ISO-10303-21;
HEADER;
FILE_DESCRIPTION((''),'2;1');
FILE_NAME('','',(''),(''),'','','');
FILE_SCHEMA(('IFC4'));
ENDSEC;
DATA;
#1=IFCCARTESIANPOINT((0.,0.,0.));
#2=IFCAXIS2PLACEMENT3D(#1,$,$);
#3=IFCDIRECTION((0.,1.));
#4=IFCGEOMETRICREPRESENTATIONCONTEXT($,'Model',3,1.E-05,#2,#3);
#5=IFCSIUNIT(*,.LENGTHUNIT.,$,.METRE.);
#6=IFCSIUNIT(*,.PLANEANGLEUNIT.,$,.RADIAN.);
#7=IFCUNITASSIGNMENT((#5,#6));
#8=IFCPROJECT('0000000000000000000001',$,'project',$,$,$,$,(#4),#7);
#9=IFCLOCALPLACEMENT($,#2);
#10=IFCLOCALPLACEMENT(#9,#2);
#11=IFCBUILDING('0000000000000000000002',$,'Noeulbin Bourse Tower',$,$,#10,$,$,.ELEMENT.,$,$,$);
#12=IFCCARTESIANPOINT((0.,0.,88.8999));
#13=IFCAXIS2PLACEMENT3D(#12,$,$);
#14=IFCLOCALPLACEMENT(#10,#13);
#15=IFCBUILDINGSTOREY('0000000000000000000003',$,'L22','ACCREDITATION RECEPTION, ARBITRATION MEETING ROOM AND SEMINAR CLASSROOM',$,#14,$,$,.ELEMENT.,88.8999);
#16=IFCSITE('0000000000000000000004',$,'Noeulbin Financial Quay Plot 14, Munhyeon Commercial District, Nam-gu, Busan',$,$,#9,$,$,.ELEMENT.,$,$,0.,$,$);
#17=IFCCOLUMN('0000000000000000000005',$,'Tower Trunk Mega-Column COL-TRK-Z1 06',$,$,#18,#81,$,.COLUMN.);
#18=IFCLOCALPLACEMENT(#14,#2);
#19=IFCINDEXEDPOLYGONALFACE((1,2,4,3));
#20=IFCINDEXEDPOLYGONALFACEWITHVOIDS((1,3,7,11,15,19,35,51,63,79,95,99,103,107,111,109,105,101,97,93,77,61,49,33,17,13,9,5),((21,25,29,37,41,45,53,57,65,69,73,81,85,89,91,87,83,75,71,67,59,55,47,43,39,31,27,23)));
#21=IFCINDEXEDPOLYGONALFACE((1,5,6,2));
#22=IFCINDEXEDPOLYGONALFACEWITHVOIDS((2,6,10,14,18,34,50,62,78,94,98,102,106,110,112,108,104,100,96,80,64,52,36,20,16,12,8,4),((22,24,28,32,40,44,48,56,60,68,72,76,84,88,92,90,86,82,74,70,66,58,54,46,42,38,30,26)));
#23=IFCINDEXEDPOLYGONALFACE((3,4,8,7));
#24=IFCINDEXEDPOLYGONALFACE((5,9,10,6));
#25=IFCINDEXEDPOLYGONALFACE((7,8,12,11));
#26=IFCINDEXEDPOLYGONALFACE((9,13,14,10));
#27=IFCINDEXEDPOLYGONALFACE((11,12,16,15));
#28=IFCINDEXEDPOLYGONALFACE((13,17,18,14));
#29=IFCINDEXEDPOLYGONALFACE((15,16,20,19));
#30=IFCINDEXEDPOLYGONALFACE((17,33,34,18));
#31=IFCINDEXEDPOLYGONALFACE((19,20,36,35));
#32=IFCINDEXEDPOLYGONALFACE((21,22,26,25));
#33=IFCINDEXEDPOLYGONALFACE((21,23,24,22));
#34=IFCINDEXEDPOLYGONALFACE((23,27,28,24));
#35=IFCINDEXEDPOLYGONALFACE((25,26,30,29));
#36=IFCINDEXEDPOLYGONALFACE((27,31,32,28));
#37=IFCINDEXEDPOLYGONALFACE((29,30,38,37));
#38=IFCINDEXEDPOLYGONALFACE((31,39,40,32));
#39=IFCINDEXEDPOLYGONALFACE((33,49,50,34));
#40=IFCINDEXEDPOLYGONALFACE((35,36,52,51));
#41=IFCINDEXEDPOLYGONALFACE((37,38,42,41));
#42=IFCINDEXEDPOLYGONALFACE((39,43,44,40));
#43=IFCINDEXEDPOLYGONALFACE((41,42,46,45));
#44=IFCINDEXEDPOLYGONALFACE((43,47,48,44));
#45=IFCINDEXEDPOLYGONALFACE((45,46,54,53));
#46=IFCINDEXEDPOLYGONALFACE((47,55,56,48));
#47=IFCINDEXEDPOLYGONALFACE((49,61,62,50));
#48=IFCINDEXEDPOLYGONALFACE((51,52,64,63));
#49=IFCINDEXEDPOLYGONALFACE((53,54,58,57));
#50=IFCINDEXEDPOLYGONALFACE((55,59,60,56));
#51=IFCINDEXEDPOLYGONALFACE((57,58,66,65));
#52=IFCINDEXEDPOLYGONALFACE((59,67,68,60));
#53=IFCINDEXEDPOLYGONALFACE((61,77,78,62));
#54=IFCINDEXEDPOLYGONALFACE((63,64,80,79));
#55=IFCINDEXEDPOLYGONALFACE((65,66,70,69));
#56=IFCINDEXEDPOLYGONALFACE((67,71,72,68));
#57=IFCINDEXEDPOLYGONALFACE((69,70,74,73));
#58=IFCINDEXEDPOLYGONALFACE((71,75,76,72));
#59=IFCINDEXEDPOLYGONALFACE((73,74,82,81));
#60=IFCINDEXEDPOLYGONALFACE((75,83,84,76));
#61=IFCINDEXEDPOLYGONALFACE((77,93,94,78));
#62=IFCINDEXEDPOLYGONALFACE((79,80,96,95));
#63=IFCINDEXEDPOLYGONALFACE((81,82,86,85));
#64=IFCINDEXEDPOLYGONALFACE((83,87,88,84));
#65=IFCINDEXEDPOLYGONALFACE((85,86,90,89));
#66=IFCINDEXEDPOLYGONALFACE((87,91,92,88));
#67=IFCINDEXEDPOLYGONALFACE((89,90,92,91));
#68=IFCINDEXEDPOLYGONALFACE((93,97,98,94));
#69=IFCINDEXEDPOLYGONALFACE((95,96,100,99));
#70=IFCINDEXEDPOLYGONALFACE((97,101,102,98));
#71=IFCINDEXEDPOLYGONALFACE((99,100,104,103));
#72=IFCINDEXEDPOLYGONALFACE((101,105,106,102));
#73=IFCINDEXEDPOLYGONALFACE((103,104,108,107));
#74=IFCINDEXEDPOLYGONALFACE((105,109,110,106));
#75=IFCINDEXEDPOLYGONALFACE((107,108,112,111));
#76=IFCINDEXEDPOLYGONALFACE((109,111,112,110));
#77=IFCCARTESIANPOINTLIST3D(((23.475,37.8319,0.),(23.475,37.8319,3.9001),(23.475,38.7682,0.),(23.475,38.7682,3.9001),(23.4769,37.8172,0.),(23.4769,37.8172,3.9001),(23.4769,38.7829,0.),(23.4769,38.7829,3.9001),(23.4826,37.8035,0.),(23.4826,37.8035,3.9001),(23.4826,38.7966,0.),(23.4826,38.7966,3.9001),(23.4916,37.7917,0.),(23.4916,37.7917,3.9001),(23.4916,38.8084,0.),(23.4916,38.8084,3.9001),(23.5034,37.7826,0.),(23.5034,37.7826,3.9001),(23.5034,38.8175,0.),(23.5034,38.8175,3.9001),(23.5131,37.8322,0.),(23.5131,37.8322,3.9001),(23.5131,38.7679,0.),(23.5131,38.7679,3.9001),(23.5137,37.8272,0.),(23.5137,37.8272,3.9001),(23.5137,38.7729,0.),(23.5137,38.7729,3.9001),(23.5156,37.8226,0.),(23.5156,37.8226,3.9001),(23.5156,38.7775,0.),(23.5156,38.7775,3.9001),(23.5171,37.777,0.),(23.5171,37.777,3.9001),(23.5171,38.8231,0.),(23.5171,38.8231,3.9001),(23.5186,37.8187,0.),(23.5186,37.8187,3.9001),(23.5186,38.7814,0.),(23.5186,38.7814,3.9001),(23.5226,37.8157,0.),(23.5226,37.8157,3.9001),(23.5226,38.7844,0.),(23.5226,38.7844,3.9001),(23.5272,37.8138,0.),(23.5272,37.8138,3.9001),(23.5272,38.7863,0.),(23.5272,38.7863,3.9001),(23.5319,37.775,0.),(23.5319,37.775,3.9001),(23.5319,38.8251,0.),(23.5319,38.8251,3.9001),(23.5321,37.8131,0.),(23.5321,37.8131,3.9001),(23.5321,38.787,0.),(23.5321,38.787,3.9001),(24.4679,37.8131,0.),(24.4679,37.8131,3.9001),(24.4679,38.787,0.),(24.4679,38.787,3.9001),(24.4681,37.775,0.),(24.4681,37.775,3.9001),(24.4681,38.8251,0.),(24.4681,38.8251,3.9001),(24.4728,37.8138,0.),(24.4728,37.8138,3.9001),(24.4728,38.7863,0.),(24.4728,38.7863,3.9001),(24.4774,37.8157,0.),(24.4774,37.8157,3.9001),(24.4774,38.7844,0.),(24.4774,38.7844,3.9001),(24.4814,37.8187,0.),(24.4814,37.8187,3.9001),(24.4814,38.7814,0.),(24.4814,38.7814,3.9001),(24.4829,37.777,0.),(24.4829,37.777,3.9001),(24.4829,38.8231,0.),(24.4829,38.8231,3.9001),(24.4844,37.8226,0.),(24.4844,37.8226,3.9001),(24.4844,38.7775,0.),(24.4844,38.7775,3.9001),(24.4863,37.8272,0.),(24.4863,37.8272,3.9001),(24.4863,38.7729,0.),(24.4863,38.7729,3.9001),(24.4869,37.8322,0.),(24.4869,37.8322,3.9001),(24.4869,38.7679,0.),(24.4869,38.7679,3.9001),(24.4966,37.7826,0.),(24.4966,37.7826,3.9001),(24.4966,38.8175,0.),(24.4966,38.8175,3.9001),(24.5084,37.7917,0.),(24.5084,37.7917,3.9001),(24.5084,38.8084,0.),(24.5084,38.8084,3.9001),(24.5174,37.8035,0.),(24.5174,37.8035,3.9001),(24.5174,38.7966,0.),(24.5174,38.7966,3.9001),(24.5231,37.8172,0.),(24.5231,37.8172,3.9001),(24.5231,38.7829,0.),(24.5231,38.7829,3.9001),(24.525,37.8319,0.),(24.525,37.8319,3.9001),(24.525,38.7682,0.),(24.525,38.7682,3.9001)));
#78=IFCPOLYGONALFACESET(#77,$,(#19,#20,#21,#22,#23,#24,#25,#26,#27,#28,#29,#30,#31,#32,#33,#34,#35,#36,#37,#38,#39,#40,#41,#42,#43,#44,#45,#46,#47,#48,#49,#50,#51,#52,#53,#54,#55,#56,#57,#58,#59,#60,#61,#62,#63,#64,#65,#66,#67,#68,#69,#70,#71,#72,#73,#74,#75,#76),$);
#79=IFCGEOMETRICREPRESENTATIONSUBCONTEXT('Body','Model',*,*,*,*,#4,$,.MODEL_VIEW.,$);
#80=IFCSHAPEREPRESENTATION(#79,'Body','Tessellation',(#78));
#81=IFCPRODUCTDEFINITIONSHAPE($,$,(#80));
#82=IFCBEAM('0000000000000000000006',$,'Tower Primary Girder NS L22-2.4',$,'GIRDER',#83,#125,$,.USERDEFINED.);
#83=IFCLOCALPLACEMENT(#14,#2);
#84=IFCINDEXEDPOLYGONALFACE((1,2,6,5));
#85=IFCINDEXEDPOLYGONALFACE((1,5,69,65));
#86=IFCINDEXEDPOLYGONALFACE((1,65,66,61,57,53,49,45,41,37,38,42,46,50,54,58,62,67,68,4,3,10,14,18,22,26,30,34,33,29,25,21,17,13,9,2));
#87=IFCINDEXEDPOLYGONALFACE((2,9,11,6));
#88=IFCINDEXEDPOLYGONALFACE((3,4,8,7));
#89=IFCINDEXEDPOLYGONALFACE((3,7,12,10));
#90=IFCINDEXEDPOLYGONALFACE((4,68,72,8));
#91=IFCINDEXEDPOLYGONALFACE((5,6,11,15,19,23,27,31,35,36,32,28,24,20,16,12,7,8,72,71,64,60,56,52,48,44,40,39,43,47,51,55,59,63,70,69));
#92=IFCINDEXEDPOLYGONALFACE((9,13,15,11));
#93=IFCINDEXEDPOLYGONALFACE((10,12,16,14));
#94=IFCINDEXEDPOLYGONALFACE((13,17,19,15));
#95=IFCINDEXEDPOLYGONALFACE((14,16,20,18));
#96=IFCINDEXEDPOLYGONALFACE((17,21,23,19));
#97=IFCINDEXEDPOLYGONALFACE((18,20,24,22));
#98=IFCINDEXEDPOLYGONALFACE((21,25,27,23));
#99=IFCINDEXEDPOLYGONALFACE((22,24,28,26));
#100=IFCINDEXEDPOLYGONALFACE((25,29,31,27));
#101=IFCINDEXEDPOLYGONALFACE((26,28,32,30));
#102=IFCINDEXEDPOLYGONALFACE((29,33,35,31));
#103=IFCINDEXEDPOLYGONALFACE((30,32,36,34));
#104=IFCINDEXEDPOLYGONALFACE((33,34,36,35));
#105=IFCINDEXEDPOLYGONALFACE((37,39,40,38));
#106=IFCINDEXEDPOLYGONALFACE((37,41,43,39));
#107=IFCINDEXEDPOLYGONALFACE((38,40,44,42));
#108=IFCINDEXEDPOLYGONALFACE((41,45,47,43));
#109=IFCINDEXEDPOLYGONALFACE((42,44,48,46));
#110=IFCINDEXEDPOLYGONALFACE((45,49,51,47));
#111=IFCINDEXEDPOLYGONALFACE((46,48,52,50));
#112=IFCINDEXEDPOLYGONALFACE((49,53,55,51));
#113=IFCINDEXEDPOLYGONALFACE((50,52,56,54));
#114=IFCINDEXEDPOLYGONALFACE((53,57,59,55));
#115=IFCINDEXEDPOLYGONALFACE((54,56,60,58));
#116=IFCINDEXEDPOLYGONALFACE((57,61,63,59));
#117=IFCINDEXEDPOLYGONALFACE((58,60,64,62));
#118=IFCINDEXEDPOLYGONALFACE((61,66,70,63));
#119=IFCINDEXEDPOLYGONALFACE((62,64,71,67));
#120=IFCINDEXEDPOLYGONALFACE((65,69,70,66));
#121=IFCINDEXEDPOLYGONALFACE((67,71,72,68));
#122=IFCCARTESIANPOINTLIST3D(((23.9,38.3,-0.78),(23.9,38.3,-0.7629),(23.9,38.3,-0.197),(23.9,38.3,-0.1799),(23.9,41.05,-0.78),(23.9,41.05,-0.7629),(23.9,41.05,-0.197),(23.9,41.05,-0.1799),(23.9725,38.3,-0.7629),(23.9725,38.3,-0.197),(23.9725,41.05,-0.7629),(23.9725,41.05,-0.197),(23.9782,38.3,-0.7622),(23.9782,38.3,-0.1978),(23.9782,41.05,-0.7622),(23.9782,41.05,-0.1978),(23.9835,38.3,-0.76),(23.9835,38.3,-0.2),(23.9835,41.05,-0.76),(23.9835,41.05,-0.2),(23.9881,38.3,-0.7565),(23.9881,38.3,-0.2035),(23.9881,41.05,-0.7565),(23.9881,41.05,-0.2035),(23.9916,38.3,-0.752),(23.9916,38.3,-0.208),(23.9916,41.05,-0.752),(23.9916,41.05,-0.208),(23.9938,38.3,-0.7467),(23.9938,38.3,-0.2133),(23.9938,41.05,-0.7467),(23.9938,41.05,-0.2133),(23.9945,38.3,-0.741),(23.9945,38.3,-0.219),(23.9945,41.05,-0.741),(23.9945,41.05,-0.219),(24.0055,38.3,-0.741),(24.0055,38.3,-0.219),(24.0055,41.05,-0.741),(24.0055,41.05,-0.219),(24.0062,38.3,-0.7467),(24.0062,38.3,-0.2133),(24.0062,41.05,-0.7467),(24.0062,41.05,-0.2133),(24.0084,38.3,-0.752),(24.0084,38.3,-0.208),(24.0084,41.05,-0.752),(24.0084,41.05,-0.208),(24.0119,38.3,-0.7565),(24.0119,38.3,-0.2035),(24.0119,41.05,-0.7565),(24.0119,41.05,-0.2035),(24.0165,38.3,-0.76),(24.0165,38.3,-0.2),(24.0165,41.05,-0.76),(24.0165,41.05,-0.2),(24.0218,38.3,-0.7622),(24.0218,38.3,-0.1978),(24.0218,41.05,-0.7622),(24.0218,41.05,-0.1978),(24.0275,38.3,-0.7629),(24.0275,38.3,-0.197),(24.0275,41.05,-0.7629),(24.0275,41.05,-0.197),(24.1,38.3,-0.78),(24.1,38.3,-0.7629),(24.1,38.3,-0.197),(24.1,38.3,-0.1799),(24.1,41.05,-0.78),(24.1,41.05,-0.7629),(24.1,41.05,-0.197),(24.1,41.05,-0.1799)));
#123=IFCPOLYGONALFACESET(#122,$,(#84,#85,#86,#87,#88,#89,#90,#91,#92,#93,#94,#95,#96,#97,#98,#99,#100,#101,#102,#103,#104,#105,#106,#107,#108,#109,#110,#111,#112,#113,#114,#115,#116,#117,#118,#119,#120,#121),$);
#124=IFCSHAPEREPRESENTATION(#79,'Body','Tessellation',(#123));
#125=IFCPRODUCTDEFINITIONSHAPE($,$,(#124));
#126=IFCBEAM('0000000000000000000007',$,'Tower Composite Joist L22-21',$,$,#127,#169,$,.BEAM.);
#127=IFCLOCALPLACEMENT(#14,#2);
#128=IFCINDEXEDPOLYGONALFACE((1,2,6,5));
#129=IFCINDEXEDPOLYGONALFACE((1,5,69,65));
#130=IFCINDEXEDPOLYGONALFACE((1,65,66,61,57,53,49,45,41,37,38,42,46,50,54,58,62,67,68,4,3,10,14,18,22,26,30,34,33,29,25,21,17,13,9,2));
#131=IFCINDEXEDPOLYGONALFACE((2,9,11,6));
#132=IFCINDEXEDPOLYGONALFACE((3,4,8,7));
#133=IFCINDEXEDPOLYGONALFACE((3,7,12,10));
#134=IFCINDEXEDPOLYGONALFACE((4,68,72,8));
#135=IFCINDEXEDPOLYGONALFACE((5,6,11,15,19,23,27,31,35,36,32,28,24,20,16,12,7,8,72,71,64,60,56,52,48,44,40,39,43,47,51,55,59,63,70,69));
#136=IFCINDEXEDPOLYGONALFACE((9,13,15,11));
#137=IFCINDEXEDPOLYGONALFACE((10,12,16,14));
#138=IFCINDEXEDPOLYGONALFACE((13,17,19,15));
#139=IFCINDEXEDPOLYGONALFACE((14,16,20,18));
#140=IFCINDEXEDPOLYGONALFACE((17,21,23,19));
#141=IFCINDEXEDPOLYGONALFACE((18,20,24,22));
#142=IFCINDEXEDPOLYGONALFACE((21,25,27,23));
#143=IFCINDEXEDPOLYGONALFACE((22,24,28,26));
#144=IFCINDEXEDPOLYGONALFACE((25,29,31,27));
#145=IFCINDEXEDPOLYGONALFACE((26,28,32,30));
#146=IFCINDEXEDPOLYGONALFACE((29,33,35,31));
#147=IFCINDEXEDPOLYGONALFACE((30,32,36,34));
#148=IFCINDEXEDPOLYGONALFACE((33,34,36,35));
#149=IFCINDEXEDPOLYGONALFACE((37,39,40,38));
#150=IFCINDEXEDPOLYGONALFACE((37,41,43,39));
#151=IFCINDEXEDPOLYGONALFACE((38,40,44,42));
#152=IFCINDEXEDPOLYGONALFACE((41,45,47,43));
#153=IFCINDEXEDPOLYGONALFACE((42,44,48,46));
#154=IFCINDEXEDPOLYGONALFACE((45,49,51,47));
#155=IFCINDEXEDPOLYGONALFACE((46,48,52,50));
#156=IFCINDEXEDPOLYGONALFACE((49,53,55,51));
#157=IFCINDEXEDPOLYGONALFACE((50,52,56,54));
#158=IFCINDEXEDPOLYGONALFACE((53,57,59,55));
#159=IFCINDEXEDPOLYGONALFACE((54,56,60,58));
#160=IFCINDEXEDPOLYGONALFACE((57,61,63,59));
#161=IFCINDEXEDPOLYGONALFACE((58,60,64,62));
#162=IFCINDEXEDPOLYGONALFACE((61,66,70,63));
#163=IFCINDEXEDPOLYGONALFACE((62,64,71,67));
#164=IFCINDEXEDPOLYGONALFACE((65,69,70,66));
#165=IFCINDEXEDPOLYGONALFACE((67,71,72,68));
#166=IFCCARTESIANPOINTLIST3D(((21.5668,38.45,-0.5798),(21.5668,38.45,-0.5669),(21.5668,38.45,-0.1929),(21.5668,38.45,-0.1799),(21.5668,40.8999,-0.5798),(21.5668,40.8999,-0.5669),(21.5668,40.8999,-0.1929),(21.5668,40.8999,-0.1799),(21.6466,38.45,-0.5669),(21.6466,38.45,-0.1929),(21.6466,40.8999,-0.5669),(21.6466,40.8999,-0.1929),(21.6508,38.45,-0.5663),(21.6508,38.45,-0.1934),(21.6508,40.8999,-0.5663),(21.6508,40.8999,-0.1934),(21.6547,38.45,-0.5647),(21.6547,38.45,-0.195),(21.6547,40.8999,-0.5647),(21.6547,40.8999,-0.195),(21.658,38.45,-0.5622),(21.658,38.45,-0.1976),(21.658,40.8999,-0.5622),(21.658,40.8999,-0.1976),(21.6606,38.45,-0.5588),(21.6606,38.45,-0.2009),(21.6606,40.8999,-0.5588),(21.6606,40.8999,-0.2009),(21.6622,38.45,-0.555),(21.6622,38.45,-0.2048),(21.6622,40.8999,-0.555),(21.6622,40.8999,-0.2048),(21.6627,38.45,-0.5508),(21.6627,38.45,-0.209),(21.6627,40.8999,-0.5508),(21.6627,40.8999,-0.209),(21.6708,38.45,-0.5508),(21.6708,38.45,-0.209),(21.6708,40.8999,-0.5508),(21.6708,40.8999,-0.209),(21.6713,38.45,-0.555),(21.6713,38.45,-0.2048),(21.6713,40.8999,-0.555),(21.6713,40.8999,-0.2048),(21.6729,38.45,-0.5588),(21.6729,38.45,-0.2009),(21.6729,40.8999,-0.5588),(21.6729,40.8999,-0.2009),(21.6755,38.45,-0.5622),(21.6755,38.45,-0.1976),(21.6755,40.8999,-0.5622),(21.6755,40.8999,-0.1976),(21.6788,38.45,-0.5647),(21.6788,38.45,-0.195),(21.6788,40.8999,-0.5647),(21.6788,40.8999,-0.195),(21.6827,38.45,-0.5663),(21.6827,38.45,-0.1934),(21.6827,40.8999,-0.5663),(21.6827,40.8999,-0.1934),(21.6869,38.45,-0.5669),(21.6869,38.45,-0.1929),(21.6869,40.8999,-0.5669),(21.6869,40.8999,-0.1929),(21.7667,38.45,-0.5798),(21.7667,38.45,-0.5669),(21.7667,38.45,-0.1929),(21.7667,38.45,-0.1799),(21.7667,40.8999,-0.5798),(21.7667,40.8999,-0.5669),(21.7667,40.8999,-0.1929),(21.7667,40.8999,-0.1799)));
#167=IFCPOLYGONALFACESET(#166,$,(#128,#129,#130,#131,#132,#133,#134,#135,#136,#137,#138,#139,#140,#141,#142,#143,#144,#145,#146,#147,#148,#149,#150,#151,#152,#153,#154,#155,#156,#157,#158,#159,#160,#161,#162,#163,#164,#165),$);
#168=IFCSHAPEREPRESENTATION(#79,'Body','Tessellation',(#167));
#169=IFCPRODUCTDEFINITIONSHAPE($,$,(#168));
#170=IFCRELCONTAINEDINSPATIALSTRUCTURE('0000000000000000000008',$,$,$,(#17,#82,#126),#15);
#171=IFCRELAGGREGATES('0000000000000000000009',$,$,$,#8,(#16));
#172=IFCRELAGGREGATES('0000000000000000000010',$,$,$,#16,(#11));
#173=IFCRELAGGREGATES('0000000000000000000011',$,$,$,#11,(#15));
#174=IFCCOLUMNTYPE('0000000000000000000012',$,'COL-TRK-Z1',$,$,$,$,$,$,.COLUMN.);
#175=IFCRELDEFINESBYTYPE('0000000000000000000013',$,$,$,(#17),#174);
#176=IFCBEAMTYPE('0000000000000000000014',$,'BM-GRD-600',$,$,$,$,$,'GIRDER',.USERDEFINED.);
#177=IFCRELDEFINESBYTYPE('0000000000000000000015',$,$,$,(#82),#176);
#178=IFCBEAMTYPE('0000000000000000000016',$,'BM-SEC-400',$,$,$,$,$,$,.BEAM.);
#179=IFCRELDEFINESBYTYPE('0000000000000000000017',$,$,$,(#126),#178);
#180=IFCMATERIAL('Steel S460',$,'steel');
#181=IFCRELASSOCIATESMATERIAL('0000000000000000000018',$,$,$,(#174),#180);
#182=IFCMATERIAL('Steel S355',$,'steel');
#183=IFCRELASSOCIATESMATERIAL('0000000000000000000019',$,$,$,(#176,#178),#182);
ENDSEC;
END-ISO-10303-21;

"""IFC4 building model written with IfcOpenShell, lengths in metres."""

from ifc_helpers import new_model, si_unit, direction, frame, origin, origin_2d, place, context, subcontext, project, spatial, hollow_rectangle, i_section, extrude, material, material_profile, profile_set, type_object, element, save


model = new_model("IFC4")

# Units and contexts
model_context = context("Model", 3, precision=1e-05, world=origin(), true_north=direction((0.0, 1.0)))
body_context = subcontext(model_context, "Body", "Model", "MODEL_VIEW")
ifc_project = project(units=[si_unit("LENGTHUNIT", "METRE"), si_unit("PLANEANGLEUNIT", "RADIAN")], contexts=[model_context])

# Site, building, storey
site_placement = place(None, origin())
site = spatial("IfcSite", under=ifc_project, at=site_placement, Name="Noeulbin Financial Quay Plot 14, Munhyeon Commercial District, Nam-gu, Busan", CompositionType="ELEMENT", RefElevation=0.0)
building_placement = place(site_placement, origin())
building = spatial("IfcBuilding", under=site, at=building_placement, Name="Noeulbin Bourse Tower", CompositionType="ELEMENT")
storey_placement = place(building_placement, frame((0.0, 0.0, 88.8999)))
storey = spatial("IfcBuildingStorey", under=building, at=storey_placement, Name="L22", Description="ACCREDITATION RECEPTION, ARBITRATION MEETING ROOM AND SEMINAR CLASSROOM", CompositionType="ELEMENT", Elevation=88.8999)

# Column
ifc_material_1 = material(Name="Steel S460", Category="steel")
ifc_material_profile_1 = material_profile(ifc_material_1, hollow_rectangle(XDim=1.05, YDim=1.05, WallThickness=0.0381, InnerFilletRadius=0.019, OuterFilletRadius=0.0569, at=origin_2d()), Name="BOX-1050x1050x38", Category="LoadBearing")
ifc_profile_set_1 = profile_set([ifc_material_profile_1], Name="Steel S460")
column_type_1 = type_object("IfcColumnType", Name="COL-TRK-Z1", PredefinedType="COLUMN", material=ifc_profile_set_1)
for number, where, z_axis, x_axis, name in (
    (1, (24.0, 38.3, 0.0), (0.0, 0.0, 1.0), (1.0, 0.0, 0.0), "Tower Trunk Mega-Column COL-TRK-Z1 06"),
):
    element("IfcColumn", number, at=place(storey_placement, frame(where, z_axis=z_axis, x_axis=x_axis)), inside=storey, type_object=column_type_1, Name=name, PredefinedType="COLUMN", context=body_context, shape_type="SweptSolid", body=[
        extrude(hollow_rectangle(XDim=1.05, YDim=1.05, WallThickness=0.0381, InnerFilletRadius=0.019, OuterFilletRadius=0.0569, at=origin_2d()), origin(), (0.0, 0.0, 1.0), 3.9001),
    ])

# Beams
ifc_material_2 = material(Name="Steel S355", Category="steel")
ifc_material_profile_2 = material_profile(ifc_material_2, i_section(OverallWidth=0.2, OverallDepth=0.6001, WebThickness=0.011, FlangeThickness=0.0171, FilletRadius=0.022, at=origin_2d()), Name="H-600x200x11x17", Category="LoadBearing")
ifc_profile_set_2 = profile_set([ifc_material_profile_2], Name="Steel S355")
beam_type_1 = type_object("IfcBeamType", Name="BM-GRD-600", ElementType="GIRDER", PredefinedType="USERDEFINED", material=ifc_profile_set_2)
beam_1_placement = place(storey_placement, frame((24.0, 38.3, -0.48), z_axis=(0.0, 1.0, 0.0), x_axis=(-1.0, 0.0, 0.0)))
element("IfcBeam", 2, at=beam_1_placement, inside=storey, type_object=beam_type_1, Name="Tower Primary Girder NS L22-2.4", ObjectType="GIRDER", PredefinedType="USERDEFINED", context=body_context, shape_type="SweptSolid", body=[
    extrude(i_section(OverallWidth=0.2, OverallDepth=0.6001, WebThickness=0.011, FlangeThickness=0.0171, FilletRadius=0.022, at=origin_2d()), origin(), (0.0, 0.0, 1.0), 2.75),
])
ifc_material_profile_3 = material_profile(ifc_material_2, i_section(OverallWidth=0.2, OverallDepth=0.3999, WebThickness=0.0081, FlangeThickness=0.0129, FilletRadius=0.0161, at=origin_2d()), Name="H-400x200x8x13", Category="LoadBearing")
ifc_profile_set_3 = profile_set([ifc_material_profile_3], Name="Steel S355")
beam_type_2 = type_object("IfcBeamType", Name="BM-SEC-400", PredefinedType="BEAM", material=ifc_profile_set_3)
for number, where, z_axis, x_axis, name in (
    (3, (21.6667, 38.45, -0.3799), (0.0, 1.0, 0.0), (-1.0, 0.0, 0.0), "Tower Composite Joist L22-21"),
):
    element("IfcBeam", number, at=place(storey_placement, frame(where, z_axis=z_axis, x_axis=x_axis)), inside=storey, type_object=beam_type_2, Name=name, PredefinedType="BEAM", context=body_context, shape_type="SweptSolid", body=[
        extrude(i_section(OverallWidth=0.2, OverallDepth=0.3999, WebThickness=0.0081, FlangeThickness=0.0129, FilletRadius=0.0161, at=origin_2d()), origin(), (0.0, 0.0, 1.0), 2.45),
    ])

save(model, "model.ifc")
